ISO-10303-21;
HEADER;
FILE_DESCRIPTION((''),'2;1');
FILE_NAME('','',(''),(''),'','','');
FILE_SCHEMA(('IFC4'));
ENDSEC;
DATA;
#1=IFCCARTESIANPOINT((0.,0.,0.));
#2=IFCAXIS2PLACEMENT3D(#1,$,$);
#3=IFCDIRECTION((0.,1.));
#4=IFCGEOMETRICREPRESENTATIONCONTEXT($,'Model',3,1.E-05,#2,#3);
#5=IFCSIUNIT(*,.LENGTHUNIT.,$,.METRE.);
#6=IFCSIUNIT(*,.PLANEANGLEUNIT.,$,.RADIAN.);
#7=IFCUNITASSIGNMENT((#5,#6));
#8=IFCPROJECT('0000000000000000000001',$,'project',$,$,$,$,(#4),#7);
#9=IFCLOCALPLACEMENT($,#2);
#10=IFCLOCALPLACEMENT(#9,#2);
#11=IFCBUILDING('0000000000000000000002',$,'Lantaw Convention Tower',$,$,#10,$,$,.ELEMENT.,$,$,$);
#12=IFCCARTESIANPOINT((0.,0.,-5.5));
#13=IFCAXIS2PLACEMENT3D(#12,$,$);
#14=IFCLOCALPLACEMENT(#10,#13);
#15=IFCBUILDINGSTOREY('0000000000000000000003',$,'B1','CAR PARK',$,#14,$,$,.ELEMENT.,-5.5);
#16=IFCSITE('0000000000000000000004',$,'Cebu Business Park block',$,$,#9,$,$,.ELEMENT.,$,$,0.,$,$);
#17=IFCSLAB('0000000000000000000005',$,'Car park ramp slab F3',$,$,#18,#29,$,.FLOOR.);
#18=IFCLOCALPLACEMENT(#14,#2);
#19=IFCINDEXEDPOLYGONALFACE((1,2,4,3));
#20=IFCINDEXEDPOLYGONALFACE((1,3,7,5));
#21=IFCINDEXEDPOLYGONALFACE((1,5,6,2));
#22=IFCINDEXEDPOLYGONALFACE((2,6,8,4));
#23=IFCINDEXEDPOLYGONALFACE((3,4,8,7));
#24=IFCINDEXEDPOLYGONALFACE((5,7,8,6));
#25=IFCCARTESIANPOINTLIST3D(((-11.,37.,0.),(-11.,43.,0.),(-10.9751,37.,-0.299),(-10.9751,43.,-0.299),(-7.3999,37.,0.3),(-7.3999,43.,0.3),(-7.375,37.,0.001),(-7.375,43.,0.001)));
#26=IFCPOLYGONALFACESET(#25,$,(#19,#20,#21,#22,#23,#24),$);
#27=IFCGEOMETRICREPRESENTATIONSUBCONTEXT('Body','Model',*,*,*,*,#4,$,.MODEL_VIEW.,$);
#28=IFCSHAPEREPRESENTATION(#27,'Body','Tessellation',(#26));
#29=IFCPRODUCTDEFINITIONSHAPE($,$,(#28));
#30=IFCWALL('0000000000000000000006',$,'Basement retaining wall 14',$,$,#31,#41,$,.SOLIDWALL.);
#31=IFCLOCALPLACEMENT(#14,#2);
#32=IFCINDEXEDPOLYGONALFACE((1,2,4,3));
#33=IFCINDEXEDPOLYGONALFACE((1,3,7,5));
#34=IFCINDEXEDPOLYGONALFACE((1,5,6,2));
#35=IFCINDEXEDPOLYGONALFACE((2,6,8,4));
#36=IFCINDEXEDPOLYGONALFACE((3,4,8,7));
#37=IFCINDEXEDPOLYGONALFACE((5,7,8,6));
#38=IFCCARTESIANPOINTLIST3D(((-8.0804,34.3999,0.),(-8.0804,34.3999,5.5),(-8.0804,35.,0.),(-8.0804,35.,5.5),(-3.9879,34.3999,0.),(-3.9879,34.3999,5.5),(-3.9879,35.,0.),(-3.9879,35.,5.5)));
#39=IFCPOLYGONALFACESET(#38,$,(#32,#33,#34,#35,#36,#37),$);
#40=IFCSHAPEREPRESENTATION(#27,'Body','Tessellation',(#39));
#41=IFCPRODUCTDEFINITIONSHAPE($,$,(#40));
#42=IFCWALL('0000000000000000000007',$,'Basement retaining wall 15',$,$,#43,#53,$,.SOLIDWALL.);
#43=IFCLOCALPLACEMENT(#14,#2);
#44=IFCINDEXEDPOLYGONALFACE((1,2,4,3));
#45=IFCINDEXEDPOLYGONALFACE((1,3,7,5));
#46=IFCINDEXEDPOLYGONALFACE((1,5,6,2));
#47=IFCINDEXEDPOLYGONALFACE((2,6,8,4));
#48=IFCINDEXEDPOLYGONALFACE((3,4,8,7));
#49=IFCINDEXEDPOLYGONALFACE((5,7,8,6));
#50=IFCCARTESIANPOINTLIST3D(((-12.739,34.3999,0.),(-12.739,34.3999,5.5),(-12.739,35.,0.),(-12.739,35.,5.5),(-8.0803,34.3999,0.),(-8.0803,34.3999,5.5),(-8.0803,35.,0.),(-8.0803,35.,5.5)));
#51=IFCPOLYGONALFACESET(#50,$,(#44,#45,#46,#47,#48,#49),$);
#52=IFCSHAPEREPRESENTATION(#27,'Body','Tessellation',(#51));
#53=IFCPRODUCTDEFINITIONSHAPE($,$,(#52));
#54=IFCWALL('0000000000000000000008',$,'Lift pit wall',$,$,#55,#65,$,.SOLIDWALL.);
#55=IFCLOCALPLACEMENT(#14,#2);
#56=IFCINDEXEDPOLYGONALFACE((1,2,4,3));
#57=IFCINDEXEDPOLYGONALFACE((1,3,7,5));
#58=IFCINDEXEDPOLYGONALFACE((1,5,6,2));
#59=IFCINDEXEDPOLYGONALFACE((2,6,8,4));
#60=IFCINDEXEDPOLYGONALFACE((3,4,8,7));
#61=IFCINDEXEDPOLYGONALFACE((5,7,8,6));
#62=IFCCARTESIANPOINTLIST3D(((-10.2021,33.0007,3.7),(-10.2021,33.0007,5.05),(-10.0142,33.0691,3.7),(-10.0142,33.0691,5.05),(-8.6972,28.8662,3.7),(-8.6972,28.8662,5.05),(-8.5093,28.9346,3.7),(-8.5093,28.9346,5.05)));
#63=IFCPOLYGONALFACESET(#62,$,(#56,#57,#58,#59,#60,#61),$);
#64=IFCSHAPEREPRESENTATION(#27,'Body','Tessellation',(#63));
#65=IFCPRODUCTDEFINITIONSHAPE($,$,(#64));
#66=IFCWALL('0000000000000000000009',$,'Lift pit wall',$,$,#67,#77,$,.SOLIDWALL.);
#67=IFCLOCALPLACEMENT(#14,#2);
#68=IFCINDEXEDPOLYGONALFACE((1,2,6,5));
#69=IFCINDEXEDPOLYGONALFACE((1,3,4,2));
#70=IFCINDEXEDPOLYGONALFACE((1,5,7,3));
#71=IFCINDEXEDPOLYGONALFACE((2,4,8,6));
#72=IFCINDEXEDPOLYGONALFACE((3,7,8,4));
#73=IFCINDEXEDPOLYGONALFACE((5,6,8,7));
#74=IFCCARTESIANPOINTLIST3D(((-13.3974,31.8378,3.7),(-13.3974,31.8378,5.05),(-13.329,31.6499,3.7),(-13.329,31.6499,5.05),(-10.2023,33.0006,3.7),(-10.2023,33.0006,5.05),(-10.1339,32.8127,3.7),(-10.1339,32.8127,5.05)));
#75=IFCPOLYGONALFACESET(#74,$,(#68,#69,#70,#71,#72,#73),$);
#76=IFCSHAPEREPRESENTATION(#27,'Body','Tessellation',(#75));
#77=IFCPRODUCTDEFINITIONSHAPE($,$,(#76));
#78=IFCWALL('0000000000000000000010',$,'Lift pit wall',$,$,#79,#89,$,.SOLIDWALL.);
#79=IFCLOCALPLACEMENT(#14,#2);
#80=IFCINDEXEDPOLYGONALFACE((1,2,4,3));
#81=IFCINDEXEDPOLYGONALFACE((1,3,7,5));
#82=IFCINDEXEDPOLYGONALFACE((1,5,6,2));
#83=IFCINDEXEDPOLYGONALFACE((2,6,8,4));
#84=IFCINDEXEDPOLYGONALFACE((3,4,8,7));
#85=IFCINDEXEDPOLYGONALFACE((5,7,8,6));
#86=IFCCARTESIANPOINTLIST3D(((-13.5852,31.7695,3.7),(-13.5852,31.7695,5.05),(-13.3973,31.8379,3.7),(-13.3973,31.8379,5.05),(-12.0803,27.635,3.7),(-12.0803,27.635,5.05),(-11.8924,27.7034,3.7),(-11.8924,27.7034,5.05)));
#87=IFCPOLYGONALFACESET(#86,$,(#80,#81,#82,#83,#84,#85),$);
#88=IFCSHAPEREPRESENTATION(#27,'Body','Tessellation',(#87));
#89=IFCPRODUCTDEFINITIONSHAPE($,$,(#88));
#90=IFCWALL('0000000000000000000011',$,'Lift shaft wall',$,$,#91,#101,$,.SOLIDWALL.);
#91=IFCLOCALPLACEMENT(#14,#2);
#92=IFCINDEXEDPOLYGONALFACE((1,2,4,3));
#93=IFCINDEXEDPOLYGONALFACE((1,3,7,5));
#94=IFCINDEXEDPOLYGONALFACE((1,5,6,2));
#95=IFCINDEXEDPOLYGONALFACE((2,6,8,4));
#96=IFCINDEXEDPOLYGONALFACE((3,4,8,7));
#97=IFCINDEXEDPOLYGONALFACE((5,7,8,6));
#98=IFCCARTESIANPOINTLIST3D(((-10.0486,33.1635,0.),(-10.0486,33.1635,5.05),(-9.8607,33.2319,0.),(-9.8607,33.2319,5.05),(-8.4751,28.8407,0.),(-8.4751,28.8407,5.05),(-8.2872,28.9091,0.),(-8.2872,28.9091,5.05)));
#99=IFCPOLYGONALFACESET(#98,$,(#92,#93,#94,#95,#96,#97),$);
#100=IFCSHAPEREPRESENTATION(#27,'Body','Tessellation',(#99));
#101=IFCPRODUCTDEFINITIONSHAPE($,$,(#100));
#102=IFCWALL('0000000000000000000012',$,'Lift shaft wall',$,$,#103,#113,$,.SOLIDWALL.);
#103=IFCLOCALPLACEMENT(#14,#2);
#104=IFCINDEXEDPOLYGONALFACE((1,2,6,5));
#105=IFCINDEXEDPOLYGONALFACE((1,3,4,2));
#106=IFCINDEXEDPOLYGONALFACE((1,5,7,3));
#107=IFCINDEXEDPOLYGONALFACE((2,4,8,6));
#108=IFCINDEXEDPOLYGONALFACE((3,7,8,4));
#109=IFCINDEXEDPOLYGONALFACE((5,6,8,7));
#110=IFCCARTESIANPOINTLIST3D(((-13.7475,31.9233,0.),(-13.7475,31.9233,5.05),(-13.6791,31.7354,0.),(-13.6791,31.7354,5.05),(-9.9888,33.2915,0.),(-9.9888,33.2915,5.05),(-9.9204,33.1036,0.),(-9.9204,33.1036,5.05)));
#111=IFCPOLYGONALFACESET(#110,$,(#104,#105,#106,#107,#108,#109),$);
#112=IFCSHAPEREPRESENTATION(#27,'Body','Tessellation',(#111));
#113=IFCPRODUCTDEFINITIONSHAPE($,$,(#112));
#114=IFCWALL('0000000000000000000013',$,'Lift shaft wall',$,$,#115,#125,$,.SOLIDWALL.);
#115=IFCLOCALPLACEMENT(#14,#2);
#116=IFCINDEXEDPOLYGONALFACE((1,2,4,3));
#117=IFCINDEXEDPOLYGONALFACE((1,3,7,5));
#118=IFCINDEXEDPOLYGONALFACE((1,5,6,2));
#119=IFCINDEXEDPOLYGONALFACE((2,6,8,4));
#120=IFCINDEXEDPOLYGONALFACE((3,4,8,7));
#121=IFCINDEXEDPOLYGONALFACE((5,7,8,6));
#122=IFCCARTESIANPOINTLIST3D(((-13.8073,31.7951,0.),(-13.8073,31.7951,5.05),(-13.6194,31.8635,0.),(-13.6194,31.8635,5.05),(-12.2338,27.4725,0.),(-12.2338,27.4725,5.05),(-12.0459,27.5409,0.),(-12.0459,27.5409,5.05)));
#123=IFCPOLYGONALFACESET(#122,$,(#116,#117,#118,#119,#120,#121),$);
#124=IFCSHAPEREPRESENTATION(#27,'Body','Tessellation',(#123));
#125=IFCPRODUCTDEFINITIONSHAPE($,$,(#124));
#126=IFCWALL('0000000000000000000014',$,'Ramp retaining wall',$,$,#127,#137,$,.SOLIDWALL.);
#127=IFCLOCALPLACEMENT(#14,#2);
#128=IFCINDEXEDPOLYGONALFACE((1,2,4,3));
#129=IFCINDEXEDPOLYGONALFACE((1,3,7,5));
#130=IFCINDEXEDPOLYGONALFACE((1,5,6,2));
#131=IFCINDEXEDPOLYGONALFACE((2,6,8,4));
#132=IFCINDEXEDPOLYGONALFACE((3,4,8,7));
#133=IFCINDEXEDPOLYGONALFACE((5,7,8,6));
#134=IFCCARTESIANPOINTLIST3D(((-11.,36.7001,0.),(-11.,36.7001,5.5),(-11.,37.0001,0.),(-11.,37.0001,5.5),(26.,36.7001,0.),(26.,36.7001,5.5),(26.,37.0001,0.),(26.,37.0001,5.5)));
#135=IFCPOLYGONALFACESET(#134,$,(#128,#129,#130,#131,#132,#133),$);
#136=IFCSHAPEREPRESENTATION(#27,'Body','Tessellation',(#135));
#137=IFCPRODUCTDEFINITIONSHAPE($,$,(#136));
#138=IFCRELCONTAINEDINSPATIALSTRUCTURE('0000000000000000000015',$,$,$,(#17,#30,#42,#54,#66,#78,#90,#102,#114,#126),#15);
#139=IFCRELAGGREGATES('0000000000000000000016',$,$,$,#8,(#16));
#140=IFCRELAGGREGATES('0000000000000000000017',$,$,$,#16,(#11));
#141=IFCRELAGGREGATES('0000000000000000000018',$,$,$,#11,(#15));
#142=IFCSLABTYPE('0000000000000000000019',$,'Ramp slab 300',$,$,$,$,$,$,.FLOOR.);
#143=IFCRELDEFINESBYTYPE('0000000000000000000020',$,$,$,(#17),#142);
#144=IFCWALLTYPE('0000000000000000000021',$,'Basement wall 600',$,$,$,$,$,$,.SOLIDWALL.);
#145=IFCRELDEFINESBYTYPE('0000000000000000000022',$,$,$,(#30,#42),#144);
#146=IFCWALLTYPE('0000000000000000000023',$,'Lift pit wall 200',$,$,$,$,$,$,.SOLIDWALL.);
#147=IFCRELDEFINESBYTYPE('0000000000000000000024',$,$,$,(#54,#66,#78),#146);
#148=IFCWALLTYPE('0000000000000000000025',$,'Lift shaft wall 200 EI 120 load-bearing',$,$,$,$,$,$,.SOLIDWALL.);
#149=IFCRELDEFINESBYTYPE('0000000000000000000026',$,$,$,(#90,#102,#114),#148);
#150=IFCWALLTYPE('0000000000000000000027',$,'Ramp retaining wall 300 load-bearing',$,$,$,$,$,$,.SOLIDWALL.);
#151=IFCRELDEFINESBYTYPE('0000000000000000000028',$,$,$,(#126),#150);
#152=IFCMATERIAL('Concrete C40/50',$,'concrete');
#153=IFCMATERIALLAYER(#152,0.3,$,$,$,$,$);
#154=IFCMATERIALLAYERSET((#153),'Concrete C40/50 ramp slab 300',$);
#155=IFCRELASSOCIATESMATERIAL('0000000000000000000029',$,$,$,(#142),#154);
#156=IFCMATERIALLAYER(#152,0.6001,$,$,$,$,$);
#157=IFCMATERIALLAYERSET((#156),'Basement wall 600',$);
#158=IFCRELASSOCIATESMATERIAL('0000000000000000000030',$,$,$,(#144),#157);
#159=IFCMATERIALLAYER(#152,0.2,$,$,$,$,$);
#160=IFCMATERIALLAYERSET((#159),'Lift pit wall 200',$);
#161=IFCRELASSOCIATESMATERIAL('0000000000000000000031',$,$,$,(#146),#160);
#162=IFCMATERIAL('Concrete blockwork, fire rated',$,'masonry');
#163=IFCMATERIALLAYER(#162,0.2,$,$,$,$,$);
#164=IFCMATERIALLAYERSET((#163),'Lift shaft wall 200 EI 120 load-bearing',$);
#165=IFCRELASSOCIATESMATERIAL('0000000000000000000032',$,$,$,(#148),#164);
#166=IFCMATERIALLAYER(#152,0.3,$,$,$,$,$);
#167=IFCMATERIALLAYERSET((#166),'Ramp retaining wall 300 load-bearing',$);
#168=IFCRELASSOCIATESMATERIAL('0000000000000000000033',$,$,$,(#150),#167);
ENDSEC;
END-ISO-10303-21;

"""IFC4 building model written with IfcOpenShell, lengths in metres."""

from ifc_helpers import new_model, si_unit, direction, frame, frame_2d, origin, place, context, subcontext, project, spatial, polyline, rectangle, outline, extrude, material, layer, layer_set, type_object, element, save


model = new_model("IFC4")

# Units and contexts
model_context = context("Model", 3, precision=1e-05, world=origin(), true_north=direction((0.0, 1.0)))
body_context = subcontext(model_context, "Body", "Model", "MODEL_VIEW")
ifc_project = project(units=[si_unit("LENGTHUNIT", "METRE"), si_unit("PLANEANGLEUNIT", "RADIAN")], contexts=[model_context])

# Site, building, storey
site_placement = place(None, origin())
site = spatial("IfcSite", under=ifc_project, at=site_placement, Name="Cebu Business Park block", CompositionType="ELEMENT", RefElevation=0.0)
building_placement = place(site_placement, origin())
building = spatial("IfcBuilding", under=site, at=building_placement, Name="Lantaw Convention Tower", CompositionType="ELEMENT")
storey_placement = place(building_placement, frame((0.0, 0.0, -5.5)))
storey = spatial("IfcBuildingStorey", under=building, at=storey_placement, Name="B1", Description="CAR PARK", CompositionType="ELEMENT", Elevation=-5.5)

# Slab
ifc_material_1 = material(Name="Concrete C40/50", Category="concrete")
ifc_layer_1 = layer(ifc_material_1, 0.3)
ifc_layer_set_1 = layer_set([ifc_layer_1], Name="Concrete C40/50 ramp slab 300")
slab_type = type_object("IfcSlabType", Name="Ramp slab 300", PredefinedType="FLOOR", material=ifc_layer_set_1)
slab_placement = place(storey_placement, frame((-7.3999, 37.0, 0.3), z_axis=(-0.083057, 0.0, 0.996545), x_axis=(-0.996545, 0.0, -0.083057)))
element("IfcSlab", 1, at=slab_placement, inside=storey, type_object=slab_type, Name="Car park ramp slab F3", PredefinedType="FLOOR", context=body_context, shape_type="SweptSolid", body=[
    extrude(outline(polyline([(0.0, 0.0), (3.6126, 0.0), (3.6126, -6.0), (0.0, -6.0), (0.0, 0.0)])), origin(), (0.0, 0.0, -1.0), 0.3),
])

# Walls
ifc_layer_2 = layer(ifc_material_1, 0.6001)
ifc_layer_set_2 = layer_set([ifc_layer_2], Name="Basement wall 600")
wall_type_1 = type_object("IfcWallType", Name="Basement wall 600", PredefinedType="SOLIDWALL", material=ifc_layer_set_2)
wall_1_placement = place(storey_placement, frame((-3.9878, 34.7, 0.0), z_axis=(0.0, 0.0, 1.0), x_axis=(-1.0, 0.0, 0.0)))
element("IfcWall", 2, at=wall_1_placement, inside=storey, type_object=wall_type_1, Name="Basement retaining wall 14", PredefinedType="SOLIDWALL", context=body_context, shape_type="SweptSolid", body=[
    extrude(rectangle(XDim=4.0925, YDim=0.6001, at=frame_2d((2.0464, 0.0))), origin(), (0.0, 0.0, 1.0), 5.5),
])
wall_2_placement = place(storey_placement, frame((-8.0803, 34.7, 0.0), z_axis=(0.0, 0.0, 1.0), x_axis=(-1.0, 0.0, 0.0)))
element("IfcWall", 3, at=wall_2_placement, inside=storey, type_object=wall_type_1, Name="Basement retaining wall 15", PredefinedType="SOLIDWALL", context=body_context, shape_type="SweptSolid", body=[
    extrude(rectangle(XDim=4.6587, YDim=0.6001, at=frame_2d((2.3293, 0.0))), origin(), (0.0, 0.0, 1.0), 5.5),
])

# Walls
ifc_layer_3 = layer(ifc_material_1, 0.2)
ifc_layer_set_3 = layer_set([ifc_layer_3], Name="Lift pit wall 200")
wall_type_2 = type_object("IfcWallType", Name="Lift pit wall 200", PredefinedType="SOLIDWALL", material=ifc_layer_set_3)
wall_3_placement = place(storey_placement, frame((-8.6033, 28.9004, 3.7), z_axis=(0.0, 0.0, 1.0), x_axis=(-0.342028, 0.93969, 0.0)))
element("IfcWall", 4, at=wall_3_placement, inside=storey, type_object=wall_type_2, Name="Lift pit wall", PredefinedType="SOLIDWALL", context=body_context, shape_type="SweptSolid", body=[
    extrude(rectangle(XDim=4.3999, YDim=0.2, at=frame_2d((2.2, 0.0))), origin(), (0.0, 0.0, 1.0), 1.3501),
])
wall_4_placement = place(storey_placement, frame((-10.168, 32.9067, 3.7), z_axis=(0.0, 0.0, 1.0), x_axis=(-0.939699, -0.342002, 0.0)))
element("IfcWall", 5, at=wall_4_placement, inside=storey, type_object=wall_type_2, Name="Lift pit wall", PredefinedType="SOLIDWALL", context=body_context, shape_type="SweptSolid", body=[
    extrude(rectangle(XDim=3.4001, YDim=0.2, at=frame_2d((1.7002, 0.0))), origin(), (0.0, 0.0, 1.0), 1.3501),
])
wall_5_placement = place(storey_placement, frame((-13.4912, 31.8037, 3.7), z_axis=(0.0, 0.0, 1.0), x_axis=(0.342028, -0.93969, 0.0)))
element("IfcWall", 6, at=wall_5_placement, inside=storey, type_object=wall_type_2, Name="Lift pit wall", PredefinedType="SOLIDWALL", context=body_context, shape_type="SweptSolid", body=[
    extrude(rectangle(XDim=4.3999, YDim=0.2, at=frame_2d((2.2, 0.0))), origin(), (0.0, 0.0, 1.0), 1.3501),
])
ifc_material_2 = material(Name="Concrete blockwork, fire rated", Category="masonry")
ifc_layer_4 = layer(ifc_material_2, 0.2)
ifc_layer_set_4 = layer_set([ifc_layer_4], Name="Lift shaft wall 200 EI 120 load-bearing")
wall_type_3 = type_object("IfcWallType", Name="Lift shaft wall 200 EI 120 load-bearing", PredefinedType="SOLIDWALL", material=ifc_layer_set_4)
wall_6_placement = place(storey_placement, frame((-8.3811, 28.8748, 0.0), z_axis=(0.0, 0.0, 1.0), x_axis=(-0.342046, 0.939683, 0.0)))
element("IfcWall", 7, at=wall_6_placement, inside=storey, type_object=wall_type_3, Name="Lift shaft wall", PredefinedType="SOLIDWALL", context=body_context, shape_type="SweptSolid", body=[
    extrude(rectangle(XDim=4.6003, YDim=0.2, at=frame_2d((2.3003, 0.0))), origin(), (0.0, 0.0, 1.0), 5.05),
])
wall_7_placement = place(storey_placement, frame((-9.9546, 33.1975, 0.0), z_axis=(0.0, 0.0, 1.0), x_axis=(-0.939686, -0.342037, 0.0)))
element("IfcWall", 8, at=wall_7_placement, inside=storey, type_object=wall_type_3, Name="Lift shaft wall", PredefinedType="SOLIDWALL", context=body_context, shape_type="SweptSolid", body=[
    extrude(rectangle(XDim=4.0, YDim=0.2, at=frame_2d((2.0, 0.0))), origin(), (0.0, 0.0, 1.0), 5.05),
])
wall_8_placement = place(storey_placement, frame((-13.7134, 31.8293, 0.0), z_axis=(0.0, 0.0, 1.0), x_axis=(0.342063, -0.939677, 0.0)))
element("IfcWall", 9, at=wall_8_placement, inside=storey, type_object=wall_type_3, Name="Lift shaft wall", PredefinedType="SOLIDWALL", context=body_context, shape_type="SweptSolid", body=[
    extrude(rectangle(XDim=4.6001, YDim=0.2, at=frame_2d((2.3, 0.0))), origin(), (0.0, 0.0, 1.0), 5.05),
])
ifc_layer_5 = layer(ifc_material_1, 0.3)
ifc_layer_set_5 = layer_set([ifc_layer_5], Name="Ramp retaining wall 300 load-bearing")
wall_type_4 = type_object("IfcWallType", Name="Ramp retaining wall 300 load-bearing", PredefinedType="SOLIDWALL", material=ifc_layer_set_5)
wall_9_placement = place(storey_placement, frame((-11.0, 36.8501, 0.0), z_axis=(0.0, 0.0, 1.0), x_axis=(1.0, 0.0, 0.0)))
element("IfcWall", 10, at=wall_9_placement, inside=storey, type_object=wall_type_4, Name="Ramp retaining wall", PredefinedType="SOLIDWALL", context=body_context, shape_type="SweptSolid", body=[
    extrude(rectangle(XDim=37.0, YDim=0.3, at=frame_2d((18.5, 0.0))), origin(), (0.0, 0.0, 1.0), 5.5),
])

save(model, "model.ifc")
